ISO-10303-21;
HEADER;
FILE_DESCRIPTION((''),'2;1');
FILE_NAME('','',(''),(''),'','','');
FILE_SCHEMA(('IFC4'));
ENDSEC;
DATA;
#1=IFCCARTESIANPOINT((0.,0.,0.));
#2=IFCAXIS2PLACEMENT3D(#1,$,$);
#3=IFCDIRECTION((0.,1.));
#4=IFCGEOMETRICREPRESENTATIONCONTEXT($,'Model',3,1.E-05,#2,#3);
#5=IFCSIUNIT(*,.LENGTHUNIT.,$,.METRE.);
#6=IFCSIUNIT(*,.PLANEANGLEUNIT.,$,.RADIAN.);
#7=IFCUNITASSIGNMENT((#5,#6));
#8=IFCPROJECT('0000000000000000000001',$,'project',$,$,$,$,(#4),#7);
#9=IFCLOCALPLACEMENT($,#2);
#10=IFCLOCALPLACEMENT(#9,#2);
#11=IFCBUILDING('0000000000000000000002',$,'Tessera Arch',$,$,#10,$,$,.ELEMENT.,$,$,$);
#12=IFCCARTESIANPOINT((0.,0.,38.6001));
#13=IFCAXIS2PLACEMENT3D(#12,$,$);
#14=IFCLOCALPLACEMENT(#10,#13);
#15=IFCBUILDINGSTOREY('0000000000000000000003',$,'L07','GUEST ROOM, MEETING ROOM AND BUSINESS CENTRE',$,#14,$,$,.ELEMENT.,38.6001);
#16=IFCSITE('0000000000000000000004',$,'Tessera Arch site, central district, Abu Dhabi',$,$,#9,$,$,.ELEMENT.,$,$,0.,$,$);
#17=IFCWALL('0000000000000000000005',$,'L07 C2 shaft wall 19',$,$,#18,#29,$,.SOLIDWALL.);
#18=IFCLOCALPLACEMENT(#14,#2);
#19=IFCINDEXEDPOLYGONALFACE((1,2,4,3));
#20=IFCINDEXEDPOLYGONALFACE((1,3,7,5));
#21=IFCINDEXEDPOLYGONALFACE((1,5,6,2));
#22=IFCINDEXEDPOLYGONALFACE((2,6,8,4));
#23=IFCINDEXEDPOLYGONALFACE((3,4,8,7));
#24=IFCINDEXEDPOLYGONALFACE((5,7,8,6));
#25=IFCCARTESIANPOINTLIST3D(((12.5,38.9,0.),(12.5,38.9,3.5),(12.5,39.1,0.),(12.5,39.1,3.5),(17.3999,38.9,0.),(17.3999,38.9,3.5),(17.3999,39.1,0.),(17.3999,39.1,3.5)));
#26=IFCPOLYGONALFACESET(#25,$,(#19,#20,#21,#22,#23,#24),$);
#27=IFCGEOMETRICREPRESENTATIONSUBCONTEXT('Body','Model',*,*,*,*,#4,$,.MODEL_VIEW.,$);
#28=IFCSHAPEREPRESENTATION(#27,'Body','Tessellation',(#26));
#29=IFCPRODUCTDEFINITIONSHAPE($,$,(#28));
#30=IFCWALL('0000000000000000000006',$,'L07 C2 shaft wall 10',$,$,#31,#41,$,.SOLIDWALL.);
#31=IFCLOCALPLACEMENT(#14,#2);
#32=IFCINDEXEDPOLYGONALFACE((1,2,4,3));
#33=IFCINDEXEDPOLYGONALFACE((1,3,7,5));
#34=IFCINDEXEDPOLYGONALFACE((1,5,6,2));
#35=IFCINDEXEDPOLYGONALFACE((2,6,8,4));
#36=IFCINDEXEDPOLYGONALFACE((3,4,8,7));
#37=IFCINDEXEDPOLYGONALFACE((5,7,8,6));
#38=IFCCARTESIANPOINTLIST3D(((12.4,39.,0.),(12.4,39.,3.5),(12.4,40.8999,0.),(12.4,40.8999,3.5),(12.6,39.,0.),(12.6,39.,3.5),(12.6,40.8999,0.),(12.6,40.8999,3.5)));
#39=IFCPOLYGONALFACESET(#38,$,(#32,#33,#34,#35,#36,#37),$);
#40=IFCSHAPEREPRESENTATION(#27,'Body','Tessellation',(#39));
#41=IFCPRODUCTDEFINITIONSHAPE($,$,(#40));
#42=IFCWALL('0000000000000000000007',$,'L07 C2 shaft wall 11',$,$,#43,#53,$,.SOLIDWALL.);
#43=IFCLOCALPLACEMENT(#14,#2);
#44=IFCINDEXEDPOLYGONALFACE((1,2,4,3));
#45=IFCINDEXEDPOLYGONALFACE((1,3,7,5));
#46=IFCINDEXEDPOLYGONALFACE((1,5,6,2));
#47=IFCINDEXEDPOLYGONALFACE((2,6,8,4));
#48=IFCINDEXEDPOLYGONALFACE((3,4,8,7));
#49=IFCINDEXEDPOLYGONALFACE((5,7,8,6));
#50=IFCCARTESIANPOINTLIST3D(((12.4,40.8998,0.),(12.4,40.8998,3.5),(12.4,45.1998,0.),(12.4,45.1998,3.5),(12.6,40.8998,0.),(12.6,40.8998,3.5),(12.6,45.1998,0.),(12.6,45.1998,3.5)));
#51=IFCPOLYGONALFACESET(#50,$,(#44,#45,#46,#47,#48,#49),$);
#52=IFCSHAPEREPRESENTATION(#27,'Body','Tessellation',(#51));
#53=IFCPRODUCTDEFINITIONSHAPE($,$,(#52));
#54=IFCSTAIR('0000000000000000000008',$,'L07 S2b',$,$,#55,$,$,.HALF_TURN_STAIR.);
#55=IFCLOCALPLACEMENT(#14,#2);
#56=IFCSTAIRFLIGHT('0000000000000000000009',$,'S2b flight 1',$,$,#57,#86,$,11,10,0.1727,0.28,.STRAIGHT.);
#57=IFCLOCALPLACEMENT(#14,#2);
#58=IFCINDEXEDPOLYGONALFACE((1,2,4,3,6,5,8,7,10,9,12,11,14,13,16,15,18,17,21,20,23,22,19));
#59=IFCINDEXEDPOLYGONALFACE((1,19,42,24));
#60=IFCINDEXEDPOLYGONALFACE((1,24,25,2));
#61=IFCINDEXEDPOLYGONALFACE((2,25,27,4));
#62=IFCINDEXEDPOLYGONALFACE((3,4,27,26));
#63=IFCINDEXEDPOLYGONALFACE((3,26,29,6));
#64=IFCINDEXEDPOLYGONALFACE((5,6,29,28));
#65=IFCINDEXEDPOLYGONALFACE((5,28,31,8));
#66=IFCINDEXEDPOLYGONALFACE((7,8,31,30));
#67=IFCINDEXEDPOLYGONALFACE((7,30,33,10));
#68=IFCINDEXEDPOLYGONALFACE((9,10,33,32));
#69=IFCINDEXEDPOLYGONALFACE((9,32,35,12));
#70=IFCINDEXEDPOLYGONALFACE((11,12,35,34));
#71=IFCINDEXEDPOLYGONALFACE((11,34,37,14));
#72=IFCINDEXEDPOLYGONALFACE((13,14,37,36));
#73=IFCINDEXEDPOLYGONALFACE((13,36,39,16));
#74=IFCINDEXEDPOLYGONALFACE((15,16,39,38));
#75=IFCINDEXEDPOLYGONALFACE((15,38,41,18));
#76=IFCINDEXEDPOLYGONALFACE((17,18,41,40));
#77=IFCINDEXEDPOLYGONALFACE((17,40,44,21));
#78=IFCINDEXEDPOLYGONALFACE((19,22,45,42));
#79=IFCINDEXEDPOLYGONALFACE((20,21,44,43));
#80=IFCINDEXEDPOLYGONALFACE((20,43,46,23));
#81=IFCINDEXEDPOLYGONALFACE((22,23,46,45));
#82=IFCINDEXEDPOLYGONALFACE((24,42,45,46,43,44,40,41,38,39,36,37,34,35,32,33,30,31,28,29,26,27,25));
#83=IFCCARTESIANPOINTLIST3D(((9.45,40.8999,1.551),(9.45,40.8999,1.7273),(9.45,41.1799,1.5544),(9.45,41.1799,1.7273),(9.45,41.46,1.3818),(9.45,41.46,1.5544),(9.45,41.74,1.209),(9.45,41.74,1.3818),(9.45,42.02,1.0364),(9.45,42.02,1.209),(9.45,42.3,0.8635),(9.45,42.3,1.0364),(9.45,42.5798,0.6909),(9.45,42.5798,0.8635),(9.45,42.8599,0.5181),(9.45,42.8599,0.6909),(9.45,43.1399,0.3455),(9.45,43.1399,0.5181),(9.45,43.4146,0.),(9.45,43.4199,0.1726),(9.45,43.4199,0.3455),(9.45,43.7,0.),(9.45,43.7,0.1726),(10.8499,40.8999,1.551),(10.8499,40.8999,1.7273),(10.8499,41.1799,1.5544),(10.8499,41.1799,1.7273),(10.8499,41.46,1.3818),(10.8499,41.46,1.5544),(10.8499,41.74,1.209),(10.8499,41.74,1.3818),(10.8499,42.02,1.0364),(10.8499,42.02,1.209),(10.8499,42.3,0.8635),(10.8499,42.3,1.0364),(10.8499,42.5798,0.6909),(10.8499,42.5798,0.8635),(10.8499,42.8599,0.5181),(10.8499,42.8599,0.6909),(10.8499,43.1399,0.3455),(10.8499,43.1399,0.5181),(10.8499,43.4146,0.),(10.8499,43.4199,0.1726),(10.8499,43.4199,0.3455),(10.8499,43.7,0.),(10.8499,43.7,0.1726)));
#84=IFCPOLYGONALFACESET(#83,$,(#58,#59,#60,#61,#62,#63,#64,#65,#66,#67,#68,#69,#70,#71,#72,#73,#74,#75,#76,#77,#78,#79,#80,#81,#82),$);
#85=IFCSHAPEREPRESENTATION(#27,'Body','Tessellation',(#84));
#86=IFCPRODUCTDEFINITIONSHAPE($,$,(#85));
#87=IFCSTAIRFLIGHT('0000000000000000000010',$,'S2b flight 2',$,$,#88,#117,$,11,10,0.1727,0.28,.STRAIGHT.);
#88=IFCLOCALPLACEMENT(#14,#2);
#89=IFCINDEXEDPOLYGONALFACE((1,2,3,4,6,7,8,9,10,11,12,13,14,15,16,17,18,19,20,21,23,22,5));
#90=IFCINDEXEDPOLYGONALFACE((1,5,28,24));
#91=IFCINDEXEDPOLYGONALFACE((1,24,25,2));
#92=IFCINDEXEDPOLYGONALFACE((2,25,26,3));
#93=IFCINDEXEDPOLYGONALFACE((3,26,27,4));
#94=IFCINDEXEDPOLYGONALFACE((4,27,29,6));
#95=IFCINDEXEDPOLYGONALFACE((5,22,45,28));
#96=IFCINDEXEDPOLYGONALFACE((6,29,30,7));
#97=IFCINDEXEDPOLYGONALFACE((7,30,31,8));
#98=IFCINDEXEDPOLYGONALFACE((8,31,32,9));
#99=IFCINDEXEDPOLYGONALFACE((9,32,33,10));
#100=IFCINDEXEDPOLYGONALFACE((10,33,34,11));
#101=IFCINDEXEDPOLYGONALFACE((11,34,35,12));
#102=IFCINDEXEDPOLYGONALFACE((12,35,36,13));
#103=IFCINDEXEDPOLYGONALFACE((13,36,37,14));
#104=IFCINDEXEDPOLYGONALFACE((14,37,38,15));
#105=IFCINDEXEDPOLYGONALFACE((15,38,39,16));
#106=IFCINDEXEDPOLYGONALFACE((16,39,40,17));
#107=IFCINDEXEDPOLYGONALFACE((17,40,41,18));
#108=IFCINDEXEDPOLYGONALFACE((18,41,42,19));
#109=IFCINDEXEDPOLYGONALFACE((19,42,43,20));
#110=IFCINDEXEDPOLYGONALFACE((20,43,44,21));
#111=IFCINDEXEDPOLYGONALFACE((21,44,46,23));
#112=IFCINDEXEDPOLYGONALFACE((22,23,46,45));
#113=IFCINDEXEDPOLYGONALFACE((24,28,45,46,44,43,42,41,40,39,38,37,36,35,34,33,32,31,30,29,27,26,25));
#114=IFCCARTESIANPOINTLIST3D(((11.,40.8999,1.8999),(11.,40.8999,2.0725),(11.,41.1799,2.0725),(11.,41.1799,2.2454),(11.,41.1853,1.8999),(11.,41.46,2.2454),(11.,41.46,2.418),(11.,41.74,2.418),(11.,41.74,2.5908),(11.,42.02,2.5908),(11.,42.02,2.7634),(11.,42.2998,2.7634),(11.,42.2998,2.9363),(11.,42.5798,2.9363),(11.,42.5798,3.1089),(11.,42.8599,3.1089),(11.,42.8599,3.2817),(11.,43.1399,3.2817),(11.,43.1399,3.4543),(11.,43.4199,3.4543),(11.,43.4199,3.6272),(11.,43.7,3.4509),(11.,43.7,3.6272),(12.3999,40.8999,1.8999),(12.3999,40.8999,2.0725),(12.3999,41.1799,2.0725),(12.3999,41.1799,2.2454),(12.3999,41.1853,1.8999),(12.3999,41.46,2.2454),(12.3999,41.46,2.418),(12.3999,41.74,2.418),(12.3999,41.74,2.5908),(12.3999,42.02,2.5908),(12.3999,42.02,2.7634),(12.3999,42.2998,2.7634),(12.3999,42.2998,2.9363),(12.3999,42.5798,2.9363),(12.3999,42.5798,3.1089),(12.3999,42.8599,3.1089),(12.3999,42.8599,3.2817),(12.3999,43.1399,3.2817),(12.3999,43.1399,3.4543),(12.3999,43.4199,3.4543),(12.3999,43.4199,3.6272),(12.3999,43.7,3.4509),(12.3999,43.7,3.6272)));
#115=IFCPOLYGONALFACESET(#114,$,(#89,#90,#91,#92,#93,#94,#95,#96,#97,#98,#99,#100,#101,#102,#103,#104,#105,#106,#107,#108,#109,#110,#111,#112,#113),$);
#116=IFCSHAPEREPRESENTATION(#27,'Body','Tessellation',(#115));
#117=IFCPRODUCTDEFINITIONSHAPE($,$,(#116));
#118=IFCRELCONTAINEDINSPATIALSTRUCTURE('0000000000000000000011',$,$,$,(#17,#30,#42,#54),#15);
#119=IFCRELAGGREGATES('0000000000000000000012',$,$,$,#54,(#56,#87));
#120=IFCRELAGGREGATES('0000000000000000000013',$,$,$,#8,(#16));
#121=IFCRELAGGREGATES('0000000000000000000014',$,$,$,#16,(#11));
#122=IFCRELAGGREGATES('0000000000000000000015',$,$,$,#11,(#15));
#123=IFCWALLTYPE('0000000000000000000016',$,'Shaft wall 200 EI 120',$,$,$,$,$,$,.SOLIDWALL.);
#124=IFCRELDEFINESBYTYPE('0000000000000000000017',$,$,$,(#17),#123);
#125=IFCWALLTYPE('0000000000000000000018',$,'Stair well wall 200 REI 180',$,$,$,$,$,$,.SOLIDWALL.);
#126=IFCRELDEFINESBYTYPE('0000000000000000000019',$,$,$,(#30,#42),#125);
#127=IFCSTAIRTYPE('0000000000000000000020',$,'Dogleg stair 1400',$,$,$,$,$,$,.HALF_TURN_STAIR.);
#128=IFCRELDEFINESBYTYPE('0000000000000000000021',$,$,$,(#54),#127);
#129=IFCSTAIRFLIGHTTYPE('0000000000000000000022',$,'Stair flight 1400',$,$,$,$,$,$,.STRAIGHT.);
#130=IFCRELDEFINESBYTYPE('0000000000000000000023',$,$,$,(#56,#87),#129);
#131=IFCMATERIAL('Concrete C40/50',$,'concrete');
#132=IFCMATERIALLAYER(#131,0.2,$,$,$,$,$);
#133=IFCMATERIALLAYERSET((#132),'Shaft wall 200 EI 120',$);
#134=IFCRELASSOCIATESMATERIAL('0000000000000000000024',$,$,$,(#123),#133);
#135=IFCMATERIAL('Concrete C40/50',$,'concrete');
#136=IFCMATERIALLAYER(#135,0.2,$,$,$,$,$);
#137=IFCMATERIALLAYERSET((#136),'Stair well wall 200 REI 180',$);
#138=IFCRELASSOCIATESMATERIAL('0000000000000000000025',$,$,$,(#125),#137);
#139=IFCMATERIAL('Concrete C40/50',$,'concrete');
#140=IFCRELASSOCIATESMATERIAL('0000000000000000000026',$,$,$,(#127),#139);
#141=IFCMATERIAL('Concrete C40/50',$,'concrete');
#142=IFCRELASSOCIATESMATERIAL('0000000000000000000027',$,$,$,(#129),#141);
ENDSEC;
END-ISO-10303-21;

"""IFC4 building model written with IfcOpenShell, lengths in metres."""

from ifc_helpers import new_model, si_unit, direction, frame, frame_2d, origin, place, context, subcontext, project, spatial, polyline, rectangle, outline, extrude, material, layer, layer_set, type_object, element, aggregate, save


model = new_model("IFC4")

# Units and contexts
model_context = context("Model", 3, precision=1e-05, world=origin(), true_north=direction((0.0, 1.0)))
body_context = subcontext(model_context, "Body", "Model", "MODEL_VIEW")
ifc_project = project(units=[si_unit("LENGTHUNIT", "METRE"), si_unit("PLANEANGLEUNIT", "RADIAN")], contexts=[model_context])

# Site, building, storey
site_placement = place(None, origin())
site = spatial("IfcSite", under=ifc_project, at=site_placement, Name="Tessera Arch site, central district, Abu Dhabi", CompositionType="ELEMENT", RefElevation=0.0)
building_placement = place(site_placement, origin())
building = spatial("IfcBuilding", under=site, at=building_placement, Name="Tessera Arch", CompositionType="ELEMENT")
storey_placement = place(building_placement, frame((0.0, 0.0, 38.6001)))
storey = spatial("IfcBuildingStorey", under=building, at=storey_placement, Name="L07", Description="GUEST ROOM, MEETING ROOM AND BUSINESS CENTRE", CompositionType="ELEMENT", Elevation=38.6001)

# Walls
ifc_material_1 = material(Name="Concrete C40/50", Category="concrete")
ifc_layer_1 = layer(ifc_material_1, 0.2)
ifc_layer_set_1 = layer_set([ifc_layer_1], Name="Shaft wall 200 EI 120")
wall_type_1 = type_object("IfcWallType", Name="Shaft wall 200 EI 120", PredefinedType="SOLIDWALL", material=ifc_layer_set_1)
wall_1_placement = place(storey_placement, frame((12.5, 39.0, 0.0), z_axis=(0.0, 0.0, 1.0), x_axis=(1.0, 0.0, 0.0)))
element("IfcWall", 1, at=wall_1_placement, inside=storey, type_object=wall_type_1, Name="L07 C2 shaft wall 19", PredefinedType="SOLIDWALL", context=body_context, shape_type="SweptSolid", body=[
    extrude(rectangle(XDim=4.8999, YDim=0.2, at=frame_2d((2.45, 0.0))), origin(), (0.0, 0.0, 1.0), 3.5),
])
ifc_material_2 = material(Name="Concrete C40/50", Category="concrete")
ifc_layer_2 = layer(ifc_material_2, 0.2)
ifc_layer_set_2 = layer_set([ifc_layer_2], Name="Stair well wall 200 REI 180")
wall_type_2 = type_object("IfcWallType", Name="Stair well wall 200 REI 180", PredefinedType="SOLIDWALL", material=ifc_layer_set_2)
wall_2_placement = place(storey_placement, frame((12.5, 39.0, 0.0), z_axis=(0.0, 0.0, 1.0), x_axis=(0.0, 1.0, 0.0)))
element("IfcWall", 2, at=wall_2_placement, inside=storey, type_object=wall_type_2, Name="L07 C2 shaft wall 10", PredefinedType="SOLIDWALL", context=body_context, shape_type="SweptSolid", body=[
    extrude(rectangle(XDim=1.8999, YDim=0.2, at=frame_2d((0.95, 0.0))), origin(), (0.0, 0.0, 1.0), 3.5),
])
wall_3_placement = place(storey_placement, frame((12.5, 40.8999, 0.0), z_axis=(0.0, 0.0, 1.0), x_axis=(0.0, 1.0, 0.0)))
element("IfcWall", 3, at=wall_3_placement, inside=storey, type_object=wall_type_2, Name="L07 C2 shaft wall 11", PredefinedType="SOLIDWALL", context=body_context, shape_type="SweptSolid", body=[
    extrude(rectangle(XDim=4.3, YDim=0.2, at=frame_2d((2.1499, 0.0))), origin(), (0.0, 0.0, 1.0), 3.5),
])

# Stair, stair flights
ifc_material_3 = material(Name="Concrete C40/50", Category="concrete")
stair_type = type_object("IfcStairType", Name="Dogleg stair 1400", PredefinedType="HALF_TURN_STAIR", material=ifc_material_3)
stair_placement = place(storey_placement, origin())
stair = element("IfcStair", 4, at=stair_placement, inside=storey, type_object=stair_type, Name="L07 S2b", PredefinedType="HALF_TURN_STAIR")
ifc_material_4 = material(Name="Concrete C40/50", Category="concrete")
stair_flight_type = type_object("IfcStairFlightType", Name="Stair flight 1400", PredefinedType="STRAIGHT", material=ifc_material_4)
stair_flight_1_placement = place(storey_placement, frame((10.1499, 43.7, 0.0), z_axis=(0.0, 0.0, 1.0), x_axis=(0.0, -1.0, 0.0)))
stair_flight_1 = element("IfcStairFlight", 5, at=stair_flight_1_placement, type_object=stair_flight_type, Name="S2b flight 1", NumberOfRisers=11, NumberOfTreads=10, PredefinedType="STRAIGHT", RiserHeight=0.1727, TreadLength=0.28, context=body_context, shape_type="SweptSolid", body=[
    extrude(outline(polyline([(0.0, 0.0), (0.0, 0.1726), (0.28, 0.1726), (0.28, 0.3455), (0.5601, 0.3455), (0.5601, 0.5181), (0.8401, 0.5181), (0.8401, 0.6909), (1.1201, 0.6909), (1.1201, 0.8635), (1.3999, 0.8635), (1.3999, 1.0364), (1.6799, 1.0364), (1.6799, 1.209), (1.96, 1.209), (1.96, 1.3818), (2.24, 1.3818), (2.24, 1.5544), (2.52, 1.5544), (2.52, 1.7273), (2.8, 1.7273), (2.8, 1.8999), (2.8, 1.551), (0.2854, 0.0), (0.0, 0.0)])), frame((0.0, 0.7, 0.0), z_axis=(0.0, -1.0, 0.0), x_axis=(1.0, 0.0, 0.0)), (0.0, 0.0, 1.0), 1.3999),
])
stair_flight_2_placement = place(storey_placement, frame((11.7, 40.8999, 1.8999), z_axis=(0.0, 0.0, 1.0), x_axis=(0.0, 1.0, 0.0)))
stair_flight_2 = element("IfcStairFlight", 6, at=stair_flight_2_placement, type_object=stair_flight_type, Name="S2b flight 2", NumberOfRisers=11, NumberOfTreads=10, PredefinedType="STRAIGHT", RiserHeight=0.1727, TreadLength=0.28, context=body_context, shape_type="SweptSolid", body=[
    extrude(outline(polyline([(0.0, 0.0), (0.0, 0.1726), (0.28, 0.1726), (0.28, 0.3455), (0.5601, 0.3455), (0.5601, 0.5181), (0.8401, 0.5181), (0.8401, 0.6909), (1.1201, 0.6909), (1.1201, 0.8635), (1.3999, 0.8635), (1.3999, 1.0364), (1.6799, 1.0364), (1.6799, 1.209), (1.96, 1.209), (1.96, 1.3818), (2.24, 1.3818), (2.24, 1.5544), (2.52, 1.5544), (2.52, 1.7273), (2.8, 1.7273), (2.8, 1.8999), (2.8, 1.551), (0.2854, 0.0), (0.0, 0.0)])), frame((0.0, 0.7, 0.0), z_axis=(0.0, -1.0, 0.0), x_axis=(1.0, 0.0, 0.0)), (0.0, 0.0, 1.0), 1.3999),
])
aggregate(stair, [stair_flight_1, stair_flight_2])

save(model, "model.ifc")
